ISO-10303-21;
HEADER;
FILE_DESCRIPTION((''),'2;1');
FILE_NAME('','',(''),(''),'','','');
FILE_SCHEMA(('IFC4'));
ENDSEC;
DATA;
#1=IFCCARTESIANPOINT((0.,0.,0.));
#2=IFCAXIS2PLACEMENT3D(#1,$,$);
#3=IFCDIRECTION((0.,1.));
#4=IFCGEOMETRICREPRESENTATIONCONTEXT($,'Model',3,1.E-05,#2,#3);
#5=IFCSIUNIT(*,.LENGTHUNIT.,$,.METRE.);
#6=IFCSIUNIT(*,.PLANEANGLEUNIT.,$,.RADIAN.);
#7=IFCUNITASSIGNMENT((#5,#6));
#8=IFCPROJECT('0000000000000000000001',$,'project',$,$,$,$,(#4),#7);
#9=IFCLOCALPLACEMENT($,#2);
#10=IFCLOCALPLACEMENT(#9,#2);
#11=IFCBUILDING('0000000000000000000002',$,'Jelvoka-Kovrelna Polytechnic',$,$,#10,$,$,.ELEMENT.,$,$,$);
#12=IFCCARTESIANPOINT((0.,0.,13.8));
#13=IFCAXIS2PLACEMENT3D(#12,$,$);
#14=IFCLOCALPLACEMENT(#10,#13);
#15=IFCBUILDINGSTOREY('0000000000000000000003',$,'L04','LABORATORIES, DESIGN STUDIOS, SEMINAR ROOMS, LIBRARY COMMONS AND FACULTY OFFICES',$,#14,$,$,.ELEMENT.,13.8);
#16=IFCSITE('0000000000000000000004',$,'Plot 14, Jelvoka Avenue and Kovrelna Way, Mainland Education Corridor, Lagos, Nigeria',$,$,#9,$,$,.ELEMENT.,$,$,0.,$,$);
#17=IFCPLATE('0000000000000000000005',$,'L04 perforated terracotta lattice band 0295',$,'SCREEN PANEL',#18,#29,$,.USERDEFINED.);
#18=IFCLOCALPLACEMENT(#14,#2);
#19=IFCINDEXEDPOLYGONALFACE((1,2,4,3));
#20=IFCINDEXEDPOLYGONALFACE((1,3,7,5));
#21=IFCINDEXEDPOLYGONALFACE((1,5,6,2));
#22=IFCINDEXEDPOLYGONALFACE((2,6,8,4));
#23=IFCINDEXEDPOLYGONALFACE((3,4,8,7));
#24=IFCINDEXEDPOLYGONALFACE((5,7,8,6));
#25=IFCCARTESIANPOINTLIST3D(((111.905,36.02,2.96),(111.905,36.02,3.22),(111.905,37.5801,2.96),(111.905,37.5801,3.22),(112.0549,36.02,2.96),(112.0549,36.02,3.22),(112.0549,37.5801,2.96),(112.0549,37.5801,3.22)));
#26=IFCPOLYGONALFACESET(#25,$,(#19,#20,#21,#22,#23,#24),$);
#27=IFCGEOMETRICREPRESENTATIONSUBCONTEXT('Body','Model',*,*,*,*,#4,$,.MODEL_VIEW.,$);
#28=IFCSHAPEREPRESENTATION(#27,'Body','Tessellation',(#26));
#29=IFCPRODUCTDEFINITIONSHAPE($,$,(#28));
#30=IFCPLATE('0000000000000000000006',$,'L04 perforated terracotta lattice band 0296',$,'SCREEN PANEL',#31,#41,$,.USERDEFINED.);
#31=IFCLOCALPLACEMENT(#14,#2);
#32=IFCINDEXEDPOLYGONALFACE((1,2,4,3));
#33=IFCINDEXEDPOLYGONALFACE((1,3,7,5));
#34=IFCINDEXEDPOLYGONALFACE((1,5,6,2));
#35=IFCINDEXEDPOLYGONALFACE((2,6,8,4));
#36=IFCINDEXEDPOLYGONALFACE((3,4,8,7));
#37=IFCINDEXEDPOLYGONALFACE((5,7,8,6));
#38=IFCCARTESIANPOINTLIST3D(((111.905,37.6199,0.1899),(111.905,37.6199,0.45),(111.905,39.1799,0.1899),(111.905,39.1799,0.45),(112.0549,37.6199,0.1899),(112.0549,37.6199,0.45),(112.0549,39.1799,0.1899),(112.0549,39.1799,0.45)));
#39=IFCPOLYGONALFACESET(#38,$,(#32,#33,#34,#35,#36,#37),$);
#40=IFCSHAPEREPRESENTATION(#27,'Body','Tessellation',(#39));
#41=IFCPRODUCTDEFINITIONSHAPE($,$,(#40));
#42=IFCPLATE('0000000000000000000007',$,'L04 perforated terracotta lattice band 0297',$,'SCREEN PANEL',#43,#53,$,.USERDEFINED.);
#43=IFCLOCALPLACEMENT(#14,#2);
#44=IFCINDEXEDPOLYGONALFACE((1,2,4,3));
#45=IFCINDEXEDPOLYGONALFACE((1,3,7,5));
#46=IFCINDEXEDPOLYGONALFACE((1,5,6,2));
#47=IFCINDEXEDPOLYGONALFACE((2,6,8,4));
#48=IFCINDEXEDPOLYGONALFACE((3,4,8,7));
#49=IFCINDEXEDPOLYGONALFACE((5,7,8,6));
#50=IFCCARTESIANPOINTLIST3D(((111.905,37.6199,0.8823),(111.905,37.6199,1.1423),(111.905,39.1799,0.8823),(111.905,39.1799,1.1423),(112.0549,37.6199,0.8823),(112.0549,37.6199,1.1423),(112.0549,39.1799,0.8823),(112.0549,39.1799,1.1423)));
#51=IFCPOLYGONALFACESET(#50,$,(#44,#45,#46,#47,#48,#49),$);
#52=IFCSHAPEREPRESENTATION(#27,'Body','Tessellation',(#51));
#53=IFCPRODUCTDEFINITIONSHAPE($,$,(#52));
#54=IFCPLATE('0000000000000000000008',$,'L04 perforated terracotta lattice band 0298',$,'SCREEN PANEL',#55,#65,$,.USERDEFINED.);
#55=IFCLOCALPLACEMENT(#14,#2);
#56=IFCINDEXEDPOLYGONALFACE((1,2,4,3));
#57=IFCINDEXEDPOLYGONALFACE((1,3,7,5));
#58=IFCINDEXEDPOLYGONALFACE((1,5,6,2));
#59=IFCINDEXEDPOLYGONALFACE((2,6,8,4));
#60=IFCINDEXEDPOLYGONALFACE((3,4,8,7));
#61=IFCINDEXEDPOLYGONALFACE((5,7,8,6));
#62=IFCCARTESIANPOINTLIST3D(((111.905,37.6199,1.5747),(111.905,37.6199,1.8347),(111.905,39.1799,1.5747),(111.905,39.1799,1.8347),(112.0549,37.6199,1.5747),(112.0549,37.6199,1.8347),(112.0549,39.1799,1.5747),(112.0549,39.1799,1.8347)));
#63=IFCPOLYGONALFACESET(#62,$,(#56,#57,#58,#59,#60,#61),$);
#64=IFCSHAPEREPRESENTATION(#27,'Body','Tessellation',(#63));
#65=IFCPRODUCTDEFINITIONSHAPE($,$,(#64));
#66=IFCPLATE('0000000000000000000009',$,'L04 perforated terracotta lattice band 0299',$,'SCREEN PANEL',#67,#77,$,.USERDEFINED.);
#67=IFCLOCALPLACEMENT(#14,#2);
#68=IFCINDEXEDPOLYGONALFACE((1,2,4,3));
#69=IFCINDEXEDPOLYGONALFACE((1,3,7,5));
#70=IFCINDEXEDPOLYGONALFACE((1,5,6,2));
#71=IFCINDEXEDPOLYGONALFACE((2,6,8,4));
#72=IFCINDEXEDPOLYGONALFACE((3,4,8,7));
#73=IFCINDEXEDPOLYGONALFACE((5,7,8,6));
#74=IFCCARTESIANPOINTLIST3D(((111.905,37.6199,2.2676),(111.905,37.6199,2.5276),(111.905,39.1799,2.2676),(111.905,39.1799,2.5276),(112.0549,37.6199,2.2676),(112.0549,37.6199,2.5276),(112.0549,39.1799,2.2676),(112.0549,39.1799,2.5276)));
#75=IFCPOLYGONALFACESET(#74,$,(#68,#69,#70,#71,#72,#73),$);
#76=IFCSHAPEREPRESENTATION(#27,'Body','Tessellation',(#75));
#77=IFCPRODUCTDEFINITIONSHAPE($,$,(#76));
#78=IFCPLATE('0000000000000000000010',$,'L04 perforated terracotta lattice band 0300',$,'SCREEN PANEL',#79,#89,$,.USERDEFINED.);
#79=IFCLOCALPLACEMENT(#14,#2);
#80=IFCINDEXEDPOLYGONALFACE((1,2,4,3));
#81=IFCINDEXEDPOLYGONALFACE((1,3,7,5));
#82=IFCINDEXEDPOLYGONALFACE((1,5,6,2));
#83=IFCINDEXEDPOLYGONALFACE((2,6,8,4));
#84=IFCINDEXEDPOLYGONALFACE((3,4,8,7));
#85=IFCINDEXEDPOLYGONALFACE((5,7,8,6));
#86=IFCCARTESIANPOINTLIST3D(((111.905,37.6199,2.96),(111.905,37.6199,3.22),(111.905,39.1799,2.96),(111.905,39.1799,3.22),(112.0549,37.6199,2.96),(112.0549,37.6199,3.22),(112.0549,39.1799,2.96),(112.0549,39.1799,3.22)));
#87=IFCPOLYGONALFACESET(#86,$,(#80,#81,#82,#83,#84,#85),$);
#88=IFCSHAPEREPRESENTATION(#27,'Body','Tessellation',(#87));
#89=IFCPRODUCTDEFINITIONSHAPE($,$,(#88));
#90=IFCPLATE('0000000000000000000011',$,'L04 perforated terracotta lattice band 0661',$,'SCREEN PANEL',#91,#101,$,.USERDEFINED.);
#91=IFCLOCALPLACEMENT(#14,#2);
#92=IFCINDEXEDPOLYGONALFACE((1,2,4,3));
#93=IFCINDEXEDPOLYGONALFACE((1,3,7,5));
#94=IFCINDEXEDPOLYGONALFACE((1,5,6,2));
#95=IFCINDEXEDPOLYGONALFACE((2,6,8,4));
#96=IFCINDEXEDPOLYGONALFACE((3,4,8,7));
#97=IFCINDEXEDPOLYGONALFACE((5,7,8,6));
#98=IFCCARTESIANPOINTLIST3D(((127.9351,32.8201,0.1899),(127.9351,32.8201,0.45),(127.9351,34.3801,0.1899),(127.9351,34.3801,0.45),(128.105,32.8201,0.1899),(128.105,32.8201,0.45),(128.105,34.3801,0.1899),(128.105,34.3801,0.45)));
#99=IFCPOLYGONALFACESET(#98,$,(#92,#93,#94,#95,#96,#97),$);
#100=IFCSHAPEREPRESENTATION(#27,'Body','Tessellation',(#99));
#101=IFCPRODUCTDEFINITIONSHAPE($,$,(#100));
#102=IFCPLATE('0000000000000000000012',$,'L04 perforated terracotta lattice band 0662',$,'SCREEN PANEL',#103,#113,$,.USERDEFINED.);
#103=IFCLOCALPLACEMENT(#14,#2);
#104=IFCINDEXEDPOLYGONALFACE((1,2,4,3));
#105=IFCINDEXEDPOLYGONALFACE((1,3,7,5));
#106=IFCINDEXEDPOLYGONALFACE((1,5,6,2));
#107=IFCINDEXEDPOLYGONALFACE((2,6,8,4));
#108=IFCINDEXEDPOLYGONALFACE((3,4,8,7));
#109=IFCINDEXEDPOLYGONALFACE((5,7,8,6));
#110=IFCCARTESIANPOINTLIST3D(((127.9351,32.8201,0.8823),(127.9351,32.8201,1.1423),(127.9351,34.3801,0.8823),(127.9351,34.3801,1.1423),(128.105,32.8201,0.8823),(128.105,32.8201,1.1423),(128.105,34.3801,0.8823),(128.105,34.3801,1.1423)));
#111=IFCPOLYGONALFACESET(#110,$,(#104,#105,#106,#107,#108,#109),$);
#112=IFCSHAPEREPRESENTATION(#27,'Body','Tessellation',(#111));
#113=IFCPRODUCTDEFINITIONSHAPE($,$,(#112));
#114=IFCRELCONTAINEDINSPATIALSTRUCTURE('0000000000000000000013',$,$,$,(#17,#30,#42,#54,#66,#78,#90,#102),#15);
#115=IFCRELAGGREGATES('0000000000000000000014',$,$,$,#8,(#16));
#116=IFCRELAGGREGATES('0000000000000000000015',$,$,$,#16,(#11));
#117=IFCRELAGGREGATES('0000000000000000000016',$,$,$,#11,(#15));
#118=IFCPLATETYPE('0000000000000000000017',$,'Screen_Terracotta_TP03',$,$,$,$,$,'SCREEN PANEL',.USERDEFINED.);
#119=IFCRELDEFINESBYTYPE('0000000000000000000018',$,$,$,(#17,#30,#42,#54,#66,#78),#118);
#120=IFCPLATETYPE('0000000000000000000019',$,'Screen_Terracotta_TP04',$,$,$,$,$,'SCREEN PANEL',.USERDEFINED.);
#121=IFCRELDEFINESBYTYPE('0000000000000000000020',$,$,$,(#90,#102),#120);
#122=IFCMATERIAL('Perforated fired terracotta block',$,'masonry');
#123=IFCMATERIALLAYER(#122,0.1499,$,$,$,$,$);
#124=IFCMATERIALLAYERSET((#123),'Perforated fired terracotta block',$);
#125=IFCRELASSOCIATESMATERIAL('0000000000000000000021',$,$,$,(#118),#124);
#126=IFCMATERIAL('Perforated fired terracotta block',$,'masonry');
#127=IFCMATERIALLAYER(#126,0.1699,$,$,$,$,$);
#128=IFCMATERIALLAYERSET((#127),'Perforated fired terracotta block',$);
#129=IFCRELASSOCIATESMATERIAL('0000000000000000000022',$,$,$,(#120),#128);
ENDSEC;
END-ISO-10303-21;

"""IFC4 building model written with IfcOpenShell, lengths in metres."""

from ifc_helpers import new_model, si_unit, direction, frame, origin, origin_2d, place, context, subcontext, project, spatial, rectangle, extrude, material, layer, layer_set, type_object, element, save


model = new_model("IFC4")

# Units and contexts
model_context = context("Model", 3, precision=1e-05, world=origin(), true_north=direction((0.0, 1.0)))
body_context = subcontext(model_context, "Body", "Model", "MODEL_VIEW")
ifc_project = project(units=[si_unit("LENGTHUNIT", "METRE"), si_unit("PLANEANGLEUNIT", "RADIAN")], contexts=[model_context])

# Site, building, storey
site_placement = place(None, origin())
site = spatial("IfcSite", under=ifc_project, at=site_placement, Name="Plot 14, Jelvoka Avenue and Kovrelna Way, Mainland Education Corridor, Lagos, Nigeria", CompositionType="ELEMENT", RefElevation=0.0)
building_placement = place(site_placement, origin())
building = spatial("IfcBuilding", under=site, at=building_placement, Name="Jelvoka-Kovrelna Polytechnic", CompositionType="ELEMENT")
storey_placement = place(building_placement, frame((0.0, 0.0, 13.8)))
storey = spatial("IfcBuildingStorey", under=building, at=storey_placement, Name="L04", Description="LABORATORIES, DESIGN STUDIOS, SEMINAR ROOMS, LIBRARY COMMONS AND FACULTY OFFICES", CompositionType="ELEMENT", Elevation=13.8)

# Plates
ifc_material_1 = material(Name="Perforated fired terracotta block", Category="masonry")
ifc_layer_1 = layer(ifc_material_1, 0.1499)
ifc_layer_set_1 = layer_set([ifc_layer_1], Name="Perforated fired terracotta block")
plate_type_1 = type_object("IfcPlateType", Name="Screen_Terracotta_TP03", ElementType="SCREEN PANEL", PredefinedType="USERDEFINED", material=ifc_layer_set_1)
for number, where, z_axis, x_axis, name in (
    (1, (111.98, 36.8, 2.96), (0.0, 0.0, 1.0), (0.0, 1.0, 0.0), "L04 perforated terracotta lattice band 0295"),
    (2, (111.98, 38.3999, 0.1899), (0.0, 0.0, 1.0), (0.0, 1.0, 0.0), "L04 perforated terracotta lattice band 0296"),
    (3, (111.98, 38.3999, 0.8823), (0.0, 0.0, 1.0), (0.0, 1.0, 0.0), "L04 perforated terracotta lattice band 0297"),
    (4, (111.98, 38.3999, 1.5747), (0.0, 0.0, 1.0), (0.0, 1.0, 0.0), "L04 perforated terracotta lattice band 0298"),
    (5, (111.98, 38.3999, 2.2676), (0.0, 0.0, 1.0), (0.0, 1.0, 0.0), "L04 perforated terracotta lattice band 0299"),
    (6, (111.98, 38.3999, 2.96), (0.0, 0.0, 1.0), (0.0, 1.0, 0.0), "L04 perforated terracotta lattice band 0300"),
):
    element("IfcPlate", number, at=place(storey_placement, frame(where, z_axis=z_axis, x_axis=x_axis)), inside=storey, type_object=plate_type_1, Name=name, ObjectType="SCREEN PANEL", PredefinedType="USERDEFINED", context=body_context, shape_type="SweptSolid", body=[
        extrude(rectangle(XDim=1.5601, YDim=0.1499, at=origin_2d()), origin(), (0.0, 0.0, 1.0), 0.26),
    ])
ifc_material_2 = material(Name="Perforated fired terracotta block", Category="masonry")
ifc_layer_2 = layer(ifc_material_2, 0.1699)
ifc_layer_set_2 = layer_set([ifc_layer_2], Name="Perforated fired terracotta block")
plate_type_2 = type_object("IfcPlateType", Name="Screen_Terracotta_TP04", ElementType="SCREEN PANEL", PredefinedType="USERDEFINED", material=ifc_layer_set_2)
for number, where, z_axis, x_axis, name in (
    (7, (128.02, 33.6001, 0.1899), (0.0, 0.0, 1.0), (0.0, 1.0, 0.0), "L04 perforated terracotta lattice band 0661"),
    (8, (128.02, 33.6001, 0.8823), (0.0, 0.0, 1.0), (0.0, 1.0, 0.0), "L04 perforated terracotta lattice band 0662"),
):
    element("IfcPlate", number, at=place(storey_placement, frame(where, z_axis=z_axis, x_axis=x_axis)), inside=storey, type_object=plate_type_2, Name=name, ObjectType="SCREEN PANEL", PredefinedType="USERDEFINED", context=body_context, shape_type="SweptSolid", body=[
        extrude(rectangle(XDim=1.5601, YDim=0.1699, at=origin_2d()), origin(), (0.0, 0.0, 1.0), 0.26),
    ])

save(model, "model.ifc")
